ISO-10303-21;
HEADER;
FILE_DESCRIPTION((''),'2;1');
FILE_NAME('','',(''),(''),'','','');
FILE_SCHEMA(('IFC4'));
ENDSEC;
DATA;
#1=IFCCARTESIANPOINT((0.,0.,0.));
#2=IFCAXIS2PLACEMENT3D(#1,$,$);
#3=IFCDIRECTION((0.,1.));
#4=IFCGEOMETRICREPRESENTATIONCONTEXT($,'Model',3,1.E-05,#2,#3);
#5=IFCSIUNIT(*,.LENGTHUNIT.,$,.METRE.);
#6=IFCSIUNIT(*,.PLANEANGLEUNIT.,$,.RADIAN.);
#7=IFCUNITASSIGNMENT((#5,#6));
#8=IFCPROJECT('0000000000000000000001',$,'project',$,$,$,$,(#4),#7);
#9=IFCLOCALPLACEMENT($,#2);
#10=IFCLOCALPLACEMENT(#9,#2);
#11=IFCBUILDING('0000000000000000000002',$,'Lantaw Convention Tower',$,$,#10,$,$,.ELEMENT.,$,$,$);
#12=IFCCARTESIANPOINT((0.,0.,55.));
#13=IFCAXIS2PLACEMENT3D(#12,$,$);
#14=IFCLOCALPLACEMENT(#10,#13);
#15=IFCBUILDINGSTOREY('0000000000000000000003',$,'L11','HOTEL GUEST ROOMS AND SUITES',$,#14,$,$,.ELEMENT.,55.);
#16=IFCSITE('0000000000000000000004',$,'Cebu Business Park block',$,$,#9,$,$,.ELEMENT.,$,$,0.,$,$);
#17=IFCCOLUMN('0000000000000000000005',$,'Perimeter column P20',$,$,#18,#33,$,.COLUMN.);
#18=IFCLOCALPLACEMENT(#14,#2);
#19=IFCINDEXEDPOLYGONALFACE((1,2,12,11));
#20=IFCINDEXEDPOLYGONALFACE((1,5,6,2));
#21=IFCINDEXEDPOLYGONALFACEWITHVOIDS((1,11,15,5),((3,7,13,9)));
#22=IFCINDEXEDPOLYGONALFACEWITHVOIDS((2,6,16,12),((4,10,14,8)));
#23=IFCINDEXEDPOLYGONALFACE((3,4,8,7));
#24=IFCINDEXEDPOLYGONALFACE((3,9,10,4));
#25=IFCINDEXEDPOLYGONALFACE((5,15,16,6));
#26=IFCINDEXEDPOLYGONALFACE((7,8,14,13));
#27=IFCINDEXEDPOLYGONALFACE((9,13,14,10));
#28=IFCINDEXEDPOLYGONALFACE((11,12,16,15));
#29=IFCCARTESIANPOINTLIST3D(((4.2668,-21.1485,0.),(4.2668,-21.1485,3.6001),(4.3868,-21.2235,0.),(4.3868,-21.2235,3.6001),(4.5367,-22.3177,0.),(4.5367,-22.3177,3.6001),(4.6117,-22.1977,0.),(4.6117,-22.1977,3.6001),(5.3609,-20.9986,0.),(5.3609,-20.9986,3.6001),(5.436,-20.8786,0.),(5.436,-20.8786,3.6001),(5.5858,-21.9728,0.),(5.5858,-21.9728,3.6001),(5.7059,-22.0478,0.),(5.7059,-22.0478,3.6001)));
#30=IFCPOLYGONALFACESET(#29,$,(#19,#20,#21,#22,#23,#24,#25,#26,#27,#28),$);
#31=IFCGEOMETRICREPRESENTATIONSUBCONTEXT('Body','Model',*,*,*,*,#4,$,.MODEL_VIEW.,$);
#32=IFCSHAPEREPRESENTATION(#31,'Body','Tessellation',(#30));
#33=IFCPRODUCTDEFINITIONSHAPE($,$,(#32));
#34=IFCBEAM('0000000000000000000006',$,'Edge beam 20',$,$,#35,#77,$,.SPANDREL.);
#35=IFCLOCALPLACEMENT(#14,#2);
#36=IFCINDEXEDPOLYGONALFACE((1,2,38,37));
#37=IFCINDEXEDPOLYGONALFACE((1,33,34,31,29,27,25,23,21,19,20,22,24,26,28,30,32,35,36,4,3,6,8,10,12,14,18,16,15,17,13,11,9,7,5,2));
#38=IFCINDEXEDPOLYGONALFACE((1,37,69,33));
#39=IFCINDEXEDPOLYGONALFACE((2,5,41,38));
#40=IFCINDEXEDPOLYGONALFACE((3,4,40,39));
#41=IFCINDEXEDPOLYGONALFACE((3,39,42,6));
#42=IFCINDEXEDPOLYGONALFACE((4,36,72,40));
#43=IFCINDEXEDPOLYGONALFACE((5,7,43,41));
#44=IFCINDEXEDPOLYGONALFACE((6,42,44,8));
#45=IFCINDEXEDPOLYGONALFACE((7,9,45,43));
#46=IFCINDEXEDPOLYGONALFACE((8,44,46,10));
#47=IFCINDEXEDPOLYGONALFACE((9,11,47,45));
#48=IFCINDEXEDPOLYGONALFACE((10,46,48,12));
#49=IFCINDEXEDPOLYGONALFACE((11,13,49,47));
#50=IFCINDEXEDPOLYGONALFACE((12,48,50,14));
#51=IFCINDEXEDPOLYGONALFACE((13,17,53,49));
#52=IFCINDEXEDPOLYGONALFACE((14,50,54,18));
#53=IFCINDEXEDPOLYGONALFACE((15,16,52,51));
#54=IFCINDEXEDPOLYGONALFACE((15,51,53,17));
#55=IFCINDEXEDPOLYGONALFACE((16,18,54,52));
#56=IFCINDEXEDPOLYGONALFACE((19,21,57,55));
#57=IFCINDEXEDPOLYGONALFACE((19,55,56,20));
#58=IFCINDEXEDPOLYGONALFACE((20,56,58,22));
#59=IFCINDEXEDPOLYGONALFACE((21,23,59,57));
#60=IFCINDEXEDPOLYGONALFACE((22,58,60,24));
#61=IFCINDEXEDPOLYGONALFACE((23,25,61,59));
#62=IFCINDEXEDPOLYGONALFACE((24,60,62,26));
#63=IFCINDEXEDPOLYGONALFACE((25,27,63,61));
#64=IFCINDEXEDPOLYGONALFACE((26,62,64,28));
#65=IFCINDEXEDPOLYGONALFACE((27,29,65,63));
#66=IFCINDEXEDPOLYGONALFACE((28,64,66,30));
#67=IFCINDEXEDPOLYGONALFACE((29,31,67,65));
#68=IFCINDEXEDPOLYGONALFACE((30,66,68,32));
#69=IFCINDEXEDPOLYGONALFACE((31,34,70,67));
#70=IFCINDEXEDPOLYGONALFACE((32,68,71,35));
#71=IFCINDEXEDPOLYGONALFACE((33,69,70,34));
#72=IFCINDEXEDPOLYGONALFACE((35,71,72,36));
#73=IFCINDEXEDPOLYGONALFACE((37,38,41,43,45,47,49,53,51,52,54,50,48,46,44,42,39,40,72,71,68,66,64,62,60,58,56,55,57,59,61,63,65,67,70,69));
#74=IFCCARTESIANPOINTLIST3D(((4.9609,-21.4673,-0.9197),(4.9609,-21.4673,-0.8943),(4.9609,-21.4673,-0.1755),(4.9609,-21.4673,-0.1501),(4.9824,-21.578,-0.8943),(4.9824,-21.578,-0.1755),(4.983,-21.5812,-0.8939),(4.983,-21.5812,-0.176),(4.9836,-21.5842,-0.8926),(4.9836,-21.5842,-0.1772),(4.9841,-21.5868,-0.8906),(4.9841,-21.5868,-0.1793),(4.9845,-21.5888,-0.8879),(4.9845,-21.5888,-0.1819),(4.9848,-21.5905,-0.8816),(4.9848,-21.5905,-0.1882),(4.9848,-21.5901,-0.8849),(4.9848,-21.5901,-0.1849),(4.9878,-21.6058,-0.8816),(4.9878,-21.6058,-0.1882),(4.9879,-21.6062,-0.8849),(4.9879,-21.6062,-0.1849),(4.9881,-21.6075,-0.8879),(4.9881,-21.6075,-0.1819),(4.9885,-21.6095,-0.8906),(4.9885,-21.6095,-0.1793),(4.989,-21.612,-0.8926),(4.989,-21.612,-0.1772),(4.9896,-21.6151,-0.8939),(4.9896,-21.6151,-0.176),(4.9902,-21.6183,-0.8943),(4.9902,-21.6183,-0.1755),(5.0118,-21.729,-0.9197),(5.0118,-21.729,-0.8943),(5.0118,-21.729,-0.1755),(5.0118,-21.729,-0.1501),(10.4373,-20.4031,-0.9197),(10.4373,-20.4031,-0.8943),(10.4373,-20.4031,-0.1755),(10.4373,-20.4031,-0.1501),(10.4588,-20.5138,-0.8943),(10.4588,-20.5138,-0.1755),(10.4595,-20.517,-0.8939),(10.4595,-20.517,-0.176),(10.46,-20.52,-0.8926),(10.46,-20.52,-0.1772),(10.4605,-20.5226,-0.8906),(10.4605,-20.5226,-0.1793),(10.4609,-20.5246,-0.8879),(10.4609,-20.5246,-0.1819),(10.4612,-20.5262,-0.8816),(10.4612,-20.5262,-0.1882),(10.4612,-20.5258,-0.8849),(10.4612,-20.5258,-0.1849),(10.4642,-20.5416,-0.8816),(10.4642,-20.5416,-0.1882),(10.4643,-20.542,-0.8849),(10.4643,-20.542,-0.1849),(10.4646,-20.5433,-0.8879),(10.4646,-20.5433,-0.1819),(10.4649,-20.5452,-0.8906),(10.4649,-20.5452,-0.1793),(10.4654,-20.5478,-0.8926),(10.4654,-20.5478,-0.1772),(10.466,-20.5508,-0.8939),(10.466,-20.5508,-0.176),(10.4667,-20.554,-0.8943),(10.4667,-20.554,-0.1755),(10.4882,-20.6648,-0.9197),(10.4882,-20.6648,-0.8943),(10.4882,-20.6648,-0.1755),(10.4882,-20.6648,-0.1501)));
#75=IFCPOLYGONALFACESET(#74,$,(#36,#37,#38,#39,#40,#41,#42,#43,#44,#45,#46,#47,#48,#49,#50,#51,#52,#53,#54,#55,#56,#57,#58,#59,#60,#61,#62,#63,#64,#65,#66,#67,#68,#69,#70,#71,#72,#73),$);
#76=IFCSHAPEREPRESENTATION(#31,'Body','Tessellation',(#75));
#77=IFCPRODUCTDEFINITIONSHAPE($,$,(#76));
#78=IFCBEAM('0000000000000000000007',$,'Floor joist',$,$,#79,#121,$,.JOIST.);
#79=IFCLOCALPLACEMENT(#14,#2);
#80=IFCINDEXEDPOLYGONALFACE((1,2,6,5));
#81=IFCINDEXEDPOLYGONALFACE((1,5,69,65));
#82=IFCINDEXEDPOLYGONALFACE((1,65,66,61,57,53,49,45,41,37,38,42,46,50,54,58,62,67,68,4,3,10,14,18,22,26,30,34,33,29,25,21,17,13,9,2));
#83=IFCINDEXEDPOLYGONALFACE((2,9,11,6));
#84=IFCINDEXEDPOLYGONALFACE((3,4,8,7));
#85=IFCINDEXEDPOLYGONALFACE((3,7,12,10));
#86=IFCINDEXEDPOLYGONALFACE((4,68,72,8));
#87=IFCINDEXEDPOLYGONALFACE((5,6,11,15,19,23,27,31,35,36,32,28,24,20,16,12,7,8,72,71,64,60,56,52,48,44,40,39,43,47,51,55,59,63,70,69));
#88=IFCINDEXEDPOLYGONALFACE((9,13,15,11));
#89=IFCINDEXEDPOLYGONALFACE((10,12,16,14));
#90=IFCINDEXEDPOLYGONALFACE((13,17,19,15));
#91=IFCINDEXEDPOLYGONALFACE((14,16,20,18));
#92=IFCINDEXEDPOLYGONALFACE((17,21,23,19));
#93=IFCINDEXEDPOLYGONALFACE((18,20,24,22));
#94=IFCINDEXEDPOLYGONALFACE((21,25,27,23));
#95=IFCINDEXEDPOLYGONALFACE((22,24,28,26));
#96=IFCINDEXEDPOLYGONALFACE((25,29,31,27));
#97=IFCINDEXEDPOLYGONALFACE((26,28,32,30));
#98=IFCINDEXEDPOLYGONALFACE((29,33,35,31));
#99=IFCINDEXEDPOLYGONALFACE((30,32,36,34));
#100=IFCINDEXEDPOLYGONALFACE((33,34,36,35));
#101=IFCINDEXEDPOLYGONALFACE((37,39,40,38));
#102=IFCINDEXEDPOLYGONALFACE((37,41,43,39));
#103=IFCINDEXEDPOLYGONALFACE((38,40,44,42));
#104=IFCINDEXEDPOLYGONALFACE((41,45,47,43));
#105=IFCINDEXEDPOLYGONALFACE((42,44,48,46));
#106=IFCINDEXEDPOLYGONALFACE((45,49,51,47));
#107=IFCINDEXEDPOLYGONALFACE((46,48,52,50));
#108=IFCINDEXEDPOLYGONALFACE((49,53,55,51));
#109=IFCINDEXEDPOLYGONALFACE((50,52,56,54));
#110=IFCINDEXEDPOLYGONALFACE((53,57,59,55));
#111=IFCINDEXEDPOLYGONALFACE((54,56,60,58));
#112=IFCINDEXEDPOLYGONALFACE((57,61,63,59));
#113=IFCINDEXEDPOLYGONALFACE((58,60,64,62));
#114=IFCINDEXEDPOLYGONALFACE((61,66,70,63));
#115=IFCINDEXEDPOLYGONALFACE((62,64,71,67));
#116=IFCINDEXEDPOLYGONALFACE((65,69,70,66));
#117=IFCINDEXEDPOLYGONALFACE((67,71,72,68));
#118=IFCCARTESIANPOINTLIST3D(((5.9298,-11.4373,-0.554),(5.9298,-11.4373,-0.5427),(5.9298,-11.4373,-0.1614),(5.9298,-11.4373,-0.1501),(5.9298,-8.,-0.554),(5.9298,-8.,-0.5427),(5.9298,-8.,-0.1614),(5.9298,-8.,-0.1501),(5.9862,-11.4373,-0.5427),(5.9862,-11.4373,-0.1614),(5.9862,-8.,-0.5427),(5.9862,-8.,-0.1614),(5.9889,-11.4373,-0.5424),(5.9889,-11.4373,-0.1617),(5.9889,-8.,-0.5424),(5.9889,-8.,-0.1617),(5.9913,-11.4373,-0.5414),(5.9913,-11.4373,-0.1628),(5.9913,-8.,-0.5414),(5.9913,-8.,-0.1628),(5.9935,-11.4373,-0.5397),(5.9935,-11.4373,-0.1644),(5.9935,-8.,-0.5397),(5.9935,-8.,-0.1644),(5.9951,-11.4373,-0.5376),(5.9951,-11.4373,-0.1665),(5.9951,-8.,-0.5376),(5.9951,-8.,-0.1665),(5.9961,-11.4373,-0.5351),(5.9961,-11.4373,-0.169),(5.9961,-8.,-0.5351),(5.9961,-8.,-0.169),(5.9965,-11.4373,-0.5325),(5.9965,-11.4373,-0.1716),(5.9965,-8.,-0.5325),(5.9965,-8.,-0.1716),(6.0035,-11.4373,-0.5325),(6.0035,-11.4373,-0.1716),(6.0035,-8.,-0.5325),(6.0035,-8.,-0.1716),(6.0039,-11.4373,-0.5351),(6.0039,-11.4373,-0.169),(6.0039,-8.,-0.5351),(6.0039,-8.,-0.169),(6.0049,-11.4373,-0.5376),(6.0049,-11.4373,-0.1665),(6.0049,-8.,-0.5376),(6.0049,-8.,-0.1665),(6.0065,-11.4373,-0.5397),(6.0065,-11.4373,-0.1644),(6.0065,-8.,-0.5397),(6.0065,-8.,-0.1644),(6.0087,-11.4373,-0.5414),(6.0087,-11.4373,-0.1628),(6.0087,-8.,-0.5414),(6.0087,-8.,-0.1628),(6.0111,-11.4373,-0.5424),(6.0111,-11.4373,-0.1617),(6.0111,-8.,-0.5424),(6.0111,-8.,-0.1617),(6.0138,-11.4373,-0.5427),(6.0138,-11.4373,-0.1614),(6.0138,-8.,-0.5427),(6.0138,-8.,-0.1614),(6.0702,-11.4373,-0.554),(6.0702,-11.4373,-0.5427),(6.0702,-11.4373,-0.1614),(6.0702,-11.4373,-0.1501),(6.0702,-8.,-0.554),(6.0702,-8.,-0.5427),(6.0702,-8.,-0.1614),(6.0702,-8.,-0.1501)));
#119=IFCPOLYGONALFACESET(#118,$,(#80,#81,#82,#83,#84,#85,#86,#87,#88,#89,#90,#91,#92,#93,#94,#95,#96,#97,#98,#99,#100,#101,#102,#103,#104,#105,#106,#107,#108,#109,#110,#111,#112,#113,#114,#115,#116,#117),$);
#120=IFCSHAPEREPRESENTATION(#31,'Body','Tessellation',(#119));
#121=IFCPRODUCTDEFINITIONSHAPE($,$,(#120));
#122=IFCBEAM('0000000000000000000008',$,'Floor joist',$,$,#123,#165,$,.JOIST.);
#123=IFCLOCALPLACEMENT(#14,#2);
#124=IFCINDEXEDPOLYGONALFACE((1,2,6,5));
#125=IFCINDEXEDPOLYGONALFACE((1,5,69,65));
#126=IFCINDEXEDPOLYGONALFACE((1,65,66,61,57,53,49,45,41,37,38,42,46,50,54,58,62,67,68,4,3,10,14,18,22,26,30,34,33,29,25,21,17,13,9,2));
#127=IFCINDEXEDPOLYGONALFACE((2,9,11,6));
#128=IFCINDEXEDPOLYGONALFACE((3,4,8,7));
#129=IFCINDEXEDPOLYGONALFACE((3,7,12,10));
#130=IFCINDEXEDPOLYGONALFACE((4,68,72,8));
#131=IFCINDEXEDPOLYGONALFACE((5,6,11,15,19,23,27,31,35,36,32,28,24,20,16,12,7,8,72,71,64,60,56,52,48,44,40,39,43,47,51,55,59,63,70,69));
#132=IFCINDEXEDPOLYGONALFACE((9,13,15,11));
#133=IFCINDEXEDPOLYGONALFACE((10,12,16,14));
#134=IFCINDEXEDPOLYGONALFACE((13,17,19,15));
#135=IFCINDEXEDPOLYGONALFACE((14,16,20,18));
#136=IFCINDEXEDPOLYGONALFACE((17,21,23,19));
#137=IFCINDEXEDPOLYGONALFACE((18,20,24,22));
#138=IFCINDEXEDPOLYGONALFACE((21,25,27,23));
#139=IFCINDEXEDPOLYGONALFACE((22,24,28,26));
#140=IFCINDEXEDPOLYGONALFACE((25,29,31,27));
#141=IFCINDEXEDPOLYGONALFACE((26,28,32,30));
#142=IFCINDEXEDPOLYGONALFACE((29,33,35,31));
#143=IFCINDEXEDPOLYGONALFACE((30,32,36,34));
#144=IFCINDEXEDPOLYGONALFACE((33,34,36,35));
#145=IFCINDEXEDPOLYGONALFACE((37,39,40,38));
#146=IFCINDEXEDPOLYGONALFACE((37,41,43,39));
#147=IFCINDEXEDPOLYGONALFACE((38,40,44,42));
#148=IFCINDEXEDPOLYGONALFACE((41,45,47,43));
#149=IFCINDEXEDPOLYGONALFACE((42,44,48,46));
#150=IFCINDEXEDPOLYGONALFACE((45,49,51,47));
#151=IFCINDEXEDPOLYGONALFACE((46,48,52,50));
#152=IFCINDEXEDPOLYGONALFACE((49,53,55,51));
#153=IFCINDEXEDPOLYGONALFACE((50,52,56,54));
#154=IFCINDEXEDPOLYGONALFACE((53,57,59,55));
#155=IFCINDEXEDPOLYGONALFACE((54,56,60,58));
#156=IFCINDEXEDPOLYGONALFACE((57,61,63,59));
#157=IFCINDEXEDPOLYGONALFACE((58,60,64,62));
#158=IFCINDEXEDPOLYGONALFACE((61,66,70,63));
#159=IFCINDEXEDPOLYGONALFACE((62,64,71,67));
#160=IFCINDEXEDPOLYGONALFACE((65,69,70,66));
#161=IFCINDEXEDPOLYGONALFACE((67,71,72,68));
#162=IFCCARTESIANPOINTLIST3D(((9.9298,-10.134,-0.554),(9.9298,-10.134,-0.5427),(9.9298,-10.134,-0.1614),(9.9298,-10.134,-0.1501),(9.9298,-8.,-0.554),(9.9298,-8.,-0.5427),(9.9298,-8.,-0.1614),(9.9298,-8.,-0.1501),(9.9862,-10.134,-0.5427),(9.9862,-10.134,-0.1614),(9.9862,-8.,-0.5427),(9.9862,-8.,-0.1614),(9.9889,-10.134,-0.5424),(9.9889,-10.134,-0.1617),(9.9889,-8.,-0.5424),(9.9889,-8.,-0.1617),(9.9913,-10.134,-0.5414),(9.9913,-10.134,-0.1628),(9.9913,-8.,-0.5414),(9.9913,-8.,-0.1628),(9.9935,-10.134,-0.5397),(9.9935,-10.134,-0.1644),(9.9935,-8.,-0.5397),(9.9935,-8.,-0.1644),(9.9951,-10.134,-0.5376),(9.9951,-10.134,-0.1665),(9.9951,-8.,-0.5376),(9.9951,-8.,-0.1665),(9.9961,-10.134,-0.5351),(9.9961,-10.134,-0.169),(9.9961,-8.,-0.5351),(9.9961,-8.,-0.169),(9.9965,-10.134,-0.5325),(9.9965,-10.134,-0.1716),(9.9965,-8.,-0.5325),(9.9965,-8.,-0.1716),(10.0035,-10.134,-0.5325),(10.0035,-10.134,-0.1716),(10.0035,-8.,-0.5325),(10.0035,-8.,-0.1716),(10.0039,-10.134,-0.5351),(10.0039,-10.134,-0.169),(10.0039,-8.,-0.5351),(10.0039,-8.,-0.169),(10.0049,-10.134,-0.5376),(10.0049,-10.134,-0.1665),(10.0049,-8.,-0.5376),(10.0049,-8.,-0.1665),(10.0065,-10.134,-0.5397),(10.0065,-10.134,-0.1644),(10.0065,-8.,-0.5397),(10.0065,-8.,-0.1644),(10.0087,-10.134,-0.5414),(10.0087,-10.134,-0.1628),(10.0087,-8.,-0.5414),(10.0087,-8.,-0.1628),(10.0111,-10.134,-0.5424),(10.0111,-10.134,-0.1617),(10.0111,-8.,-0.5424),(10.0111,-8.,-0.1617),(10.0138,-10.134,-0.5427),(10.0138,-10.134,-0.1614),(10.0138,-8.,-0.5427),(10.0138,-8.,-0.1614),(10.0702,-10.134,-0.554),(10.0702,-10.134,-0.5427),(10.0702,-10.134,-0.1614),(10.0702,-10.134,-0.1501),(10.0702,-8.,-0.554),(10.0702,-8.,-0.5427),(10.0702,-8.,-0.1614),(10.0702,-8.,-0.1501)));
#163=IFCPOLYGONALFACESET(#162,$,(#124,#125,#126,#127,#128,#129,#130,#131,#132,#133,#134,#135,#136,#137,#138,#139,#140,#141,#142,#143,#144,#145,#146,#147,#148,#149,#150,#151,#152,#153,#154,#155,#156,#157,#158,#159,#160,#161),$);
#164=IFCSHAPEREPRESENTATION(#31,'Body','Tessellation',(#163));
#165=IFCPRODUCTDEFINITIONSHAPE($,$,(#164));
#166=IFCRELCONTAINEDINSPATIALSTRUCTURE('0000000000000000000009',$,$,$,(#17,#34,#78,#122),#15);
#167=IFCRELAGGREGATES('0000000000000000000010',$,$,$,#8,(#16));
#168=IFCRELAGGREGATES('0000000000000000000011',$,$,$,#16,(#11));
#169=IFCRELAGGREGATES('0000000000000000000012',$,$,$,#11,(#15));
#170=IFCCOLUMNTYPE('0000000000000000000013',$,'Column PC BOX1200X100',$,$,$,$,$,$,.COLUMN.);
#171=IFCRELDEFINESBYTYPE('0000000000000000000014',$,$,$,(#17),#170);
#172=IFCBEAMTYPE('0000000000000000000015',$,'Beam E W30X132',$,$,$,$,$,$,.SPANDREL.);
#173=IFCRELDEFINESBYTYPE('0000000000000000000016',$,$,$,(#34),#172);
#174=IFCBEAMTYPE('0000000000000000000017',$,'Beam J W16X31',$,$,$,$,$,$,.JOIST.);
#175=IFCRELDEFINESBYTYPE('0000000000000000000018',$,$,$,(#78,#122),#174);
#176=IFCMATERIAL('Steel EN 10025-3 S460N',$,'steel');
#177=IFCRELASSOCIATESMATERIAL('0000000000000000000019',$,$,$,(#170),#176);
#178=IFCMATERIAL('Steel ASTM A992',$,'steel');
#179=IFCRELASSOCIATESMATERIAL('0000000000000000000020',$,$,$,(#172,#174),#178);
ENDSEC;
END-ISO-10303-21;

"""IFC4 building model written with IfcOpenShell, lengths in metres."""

from ifc_helpers import new_model, si_unit, direction, frame, origin, origin_2d, place, context, subcontext, project, spatial, rectangle, hollow_rectangle, i_section, extrude, material, material_profile, profile_set, type_object, element, save


model = new_model("IFC4")

# Units and contexts
model_context = context("Model", 3, precision=1e-05, world=origin(), true_north=direction((0.0, 1.0)))
body_context = subcontext(model_context, "Body", "Model", "MODEL_VIEW")
ifc_project = project(units=[si_unit("LENGTHUNIT", "METRE"), si_unit("PLANEANGLEUNIT", "RADIAN")], contexts=[model_context])

# Site, building, storey
site_placement = place(None, origin())
site = spatial("IfcSite", under=ifc_project, at=site_placement, Name="Cebu Business Park block", CompositionType="ELEMENT", RefElevation=0.0)
building_placement = place(site_placement, origin())
building = spatial("IfcBuilding", under=site, at=building_placement, Name="Lantaw Convention Tower", CompositionType="ELEMENT")
storey_placement = place(building_placement, frame((0.0, 0.0, 55.0)))
storey = spatial("IfcBuildingStorey", under=building, at=storey_placement, Name="L11", Description="HOTEL GUEST ROOMS AND SUITES", CompositionType="ELEMENT", Elevation=55.0)

# Column
ifc_material_1 = material(Name="Steel EN 10025-3 S460N", Category="steel")
ifc_material_profile_1 = material_profile(ifc_material_1, hollow_rectangle(XDim=1.2, YDim=1.2, WallThickness=0.1001, at=origin_2d()), Name="BOX1200X100")
ifc_material_2 = material(Name="Concrete C60/75", Category="concrete")
ifc_material_profile_2 = material_profile(ifc_material_2, rectangle(XDim=1.0, YDim=1.0, at=origin_2d()), Name="Concrete fill of BOX1200X100")
ifc_profile_set_1 = profile_set([ifc_material_profile_1, ifc_material_profile_2], Name="Steel EN 10025-3 S460N")
column_type = type_object("IfcColumnType", Name="Column PC BOX1200X100", PredefinedType="COLUMN", material=ifc_profile_set_1)
column_placement = place(storey_placement, frame((4.9863, -21.5981, 0.0), z_axis=(0.0, 0.0, 1.0), x_axis=(0.97437, 0.224951, 0.0)))
element("IfcColumn", 1, at=column_placement, inside=storey, type_object=column_type, Name="Perimeter column P20", PredefinedType="COLUMN", context=body_context, shape_type="SweptSolid", body=[
    extrude(hollow_rectangle(XDim=1.2, YDim=1.2, WallThickness=0.1001, at=origin_2d()), origin(), (0.0, 0.0, 1.0), 3.6001),
])

# Beams
ifc_material_3 = material(Name="Steel ASTM A992", Category="steel")
ifc_material_profile_3 = material_profile(ifc_material_3, i_section(OverallWidth=0.2666, OverallDepth=0.7695, WebThickness=0.0156, FlangeThickness=0.0254, FilletRadius=0.0127, at=origin_2d()), Name="W30X132")
ifc_profile_set_2 = profile_set([ifc_material_profile_3], Name="Steel ASTM A992")
beam_type_1 = type_object("IfcBeamType", Name="Beam E W30X132", PredefinedType="SPANDREL", material=ifc_profile_set_2)
beam_1_placement = place(storey_placement, frame((4.9863, -21.5981, -0.5349), z_axis=(0.981637, 0.190761, 0.0), x_axis=(-0.190761, 0.981637, 0.0)))
element("IfcBeam", 2, at=beam_1_placement, inside=storey, type_object=beam_type_1, Name="Edge beam 20", PredefinedType="SPANDREL", context=body_context, shape_type="SweptSolid", body=[
    extrude(i_section(OverallWidth=0.2666, OverallDepth=0.7695, WebThickness=0.0156, FlangeThickness=0.0254, FilletRadius=0.0127, at=origin_2d()), origin(), (0.0, 0.0, 1.0), 5.5789),
])
ifc_material_profile_4 = material_profile(ifc_material_3, i_section(OverallWidth=0.1404, OverallDepth=0.4038, WebThickness=0.0071, FlangeThickness=0.0112, FilletRadius=0.0103, at=origin_2d()), Name="W16X31")
ifc_profile_set_3 = profile_set([ifc_material_profile_4], Name="Steel ASTM A992")
beam_type_2 = type_object("IfcBeamType", Name="Beam J W16X31", PredefinedType="JOIST", material=ifc_profile_set_3)
beam_2_placement = place(storey_placement, frame((6.0, -11.4373, -0.3521), z_axis=(0.0, 1.0, 0.0), x_axis=(-1.0, 0.0, 0.0)))
element("IfcBeam", 3, at=beam_2_placement, inside=storey, type_object=beam_type_2, Name="Floor joist", PredefinedType="JOIST", context=body_context, shape_type="SweptSolid", body=[
    extrude(i_section(OverallWidth=0.1404, OverallDepth=0.4038, WebThickness=0.0071, FlangeThickness=0.0112, FilletRadius=0.0103, at=origin_2d()), origin(), (0.0, 0.0, 1.0), 3.4373),
])
beam_3_placement = place(storey_placement, frame((10.0, -10.134, -0.3521), z_axis=(0.0, 1.0, 0.0), x_axis=(-1.0, 0.0, 0.0)))
element("IfcBeam", 4, at=beam_3_placement, inside=storey, type_object=beam_type_2, Name="Floor joist", PredefinedType="JOIST", context=body_context, shape_type="SweptSolid", body=[
    extrude(i_section(OverallWidth=0.1404, OverallDepth=0.4038, WebThickness=0.0071, FlangeThickness=0.0112, FilletRadius=0.0103, at=origin_2d()), origin(), (0.0, 0.0, 1.0), 2.134),
])

save(model, "model.ifc")
